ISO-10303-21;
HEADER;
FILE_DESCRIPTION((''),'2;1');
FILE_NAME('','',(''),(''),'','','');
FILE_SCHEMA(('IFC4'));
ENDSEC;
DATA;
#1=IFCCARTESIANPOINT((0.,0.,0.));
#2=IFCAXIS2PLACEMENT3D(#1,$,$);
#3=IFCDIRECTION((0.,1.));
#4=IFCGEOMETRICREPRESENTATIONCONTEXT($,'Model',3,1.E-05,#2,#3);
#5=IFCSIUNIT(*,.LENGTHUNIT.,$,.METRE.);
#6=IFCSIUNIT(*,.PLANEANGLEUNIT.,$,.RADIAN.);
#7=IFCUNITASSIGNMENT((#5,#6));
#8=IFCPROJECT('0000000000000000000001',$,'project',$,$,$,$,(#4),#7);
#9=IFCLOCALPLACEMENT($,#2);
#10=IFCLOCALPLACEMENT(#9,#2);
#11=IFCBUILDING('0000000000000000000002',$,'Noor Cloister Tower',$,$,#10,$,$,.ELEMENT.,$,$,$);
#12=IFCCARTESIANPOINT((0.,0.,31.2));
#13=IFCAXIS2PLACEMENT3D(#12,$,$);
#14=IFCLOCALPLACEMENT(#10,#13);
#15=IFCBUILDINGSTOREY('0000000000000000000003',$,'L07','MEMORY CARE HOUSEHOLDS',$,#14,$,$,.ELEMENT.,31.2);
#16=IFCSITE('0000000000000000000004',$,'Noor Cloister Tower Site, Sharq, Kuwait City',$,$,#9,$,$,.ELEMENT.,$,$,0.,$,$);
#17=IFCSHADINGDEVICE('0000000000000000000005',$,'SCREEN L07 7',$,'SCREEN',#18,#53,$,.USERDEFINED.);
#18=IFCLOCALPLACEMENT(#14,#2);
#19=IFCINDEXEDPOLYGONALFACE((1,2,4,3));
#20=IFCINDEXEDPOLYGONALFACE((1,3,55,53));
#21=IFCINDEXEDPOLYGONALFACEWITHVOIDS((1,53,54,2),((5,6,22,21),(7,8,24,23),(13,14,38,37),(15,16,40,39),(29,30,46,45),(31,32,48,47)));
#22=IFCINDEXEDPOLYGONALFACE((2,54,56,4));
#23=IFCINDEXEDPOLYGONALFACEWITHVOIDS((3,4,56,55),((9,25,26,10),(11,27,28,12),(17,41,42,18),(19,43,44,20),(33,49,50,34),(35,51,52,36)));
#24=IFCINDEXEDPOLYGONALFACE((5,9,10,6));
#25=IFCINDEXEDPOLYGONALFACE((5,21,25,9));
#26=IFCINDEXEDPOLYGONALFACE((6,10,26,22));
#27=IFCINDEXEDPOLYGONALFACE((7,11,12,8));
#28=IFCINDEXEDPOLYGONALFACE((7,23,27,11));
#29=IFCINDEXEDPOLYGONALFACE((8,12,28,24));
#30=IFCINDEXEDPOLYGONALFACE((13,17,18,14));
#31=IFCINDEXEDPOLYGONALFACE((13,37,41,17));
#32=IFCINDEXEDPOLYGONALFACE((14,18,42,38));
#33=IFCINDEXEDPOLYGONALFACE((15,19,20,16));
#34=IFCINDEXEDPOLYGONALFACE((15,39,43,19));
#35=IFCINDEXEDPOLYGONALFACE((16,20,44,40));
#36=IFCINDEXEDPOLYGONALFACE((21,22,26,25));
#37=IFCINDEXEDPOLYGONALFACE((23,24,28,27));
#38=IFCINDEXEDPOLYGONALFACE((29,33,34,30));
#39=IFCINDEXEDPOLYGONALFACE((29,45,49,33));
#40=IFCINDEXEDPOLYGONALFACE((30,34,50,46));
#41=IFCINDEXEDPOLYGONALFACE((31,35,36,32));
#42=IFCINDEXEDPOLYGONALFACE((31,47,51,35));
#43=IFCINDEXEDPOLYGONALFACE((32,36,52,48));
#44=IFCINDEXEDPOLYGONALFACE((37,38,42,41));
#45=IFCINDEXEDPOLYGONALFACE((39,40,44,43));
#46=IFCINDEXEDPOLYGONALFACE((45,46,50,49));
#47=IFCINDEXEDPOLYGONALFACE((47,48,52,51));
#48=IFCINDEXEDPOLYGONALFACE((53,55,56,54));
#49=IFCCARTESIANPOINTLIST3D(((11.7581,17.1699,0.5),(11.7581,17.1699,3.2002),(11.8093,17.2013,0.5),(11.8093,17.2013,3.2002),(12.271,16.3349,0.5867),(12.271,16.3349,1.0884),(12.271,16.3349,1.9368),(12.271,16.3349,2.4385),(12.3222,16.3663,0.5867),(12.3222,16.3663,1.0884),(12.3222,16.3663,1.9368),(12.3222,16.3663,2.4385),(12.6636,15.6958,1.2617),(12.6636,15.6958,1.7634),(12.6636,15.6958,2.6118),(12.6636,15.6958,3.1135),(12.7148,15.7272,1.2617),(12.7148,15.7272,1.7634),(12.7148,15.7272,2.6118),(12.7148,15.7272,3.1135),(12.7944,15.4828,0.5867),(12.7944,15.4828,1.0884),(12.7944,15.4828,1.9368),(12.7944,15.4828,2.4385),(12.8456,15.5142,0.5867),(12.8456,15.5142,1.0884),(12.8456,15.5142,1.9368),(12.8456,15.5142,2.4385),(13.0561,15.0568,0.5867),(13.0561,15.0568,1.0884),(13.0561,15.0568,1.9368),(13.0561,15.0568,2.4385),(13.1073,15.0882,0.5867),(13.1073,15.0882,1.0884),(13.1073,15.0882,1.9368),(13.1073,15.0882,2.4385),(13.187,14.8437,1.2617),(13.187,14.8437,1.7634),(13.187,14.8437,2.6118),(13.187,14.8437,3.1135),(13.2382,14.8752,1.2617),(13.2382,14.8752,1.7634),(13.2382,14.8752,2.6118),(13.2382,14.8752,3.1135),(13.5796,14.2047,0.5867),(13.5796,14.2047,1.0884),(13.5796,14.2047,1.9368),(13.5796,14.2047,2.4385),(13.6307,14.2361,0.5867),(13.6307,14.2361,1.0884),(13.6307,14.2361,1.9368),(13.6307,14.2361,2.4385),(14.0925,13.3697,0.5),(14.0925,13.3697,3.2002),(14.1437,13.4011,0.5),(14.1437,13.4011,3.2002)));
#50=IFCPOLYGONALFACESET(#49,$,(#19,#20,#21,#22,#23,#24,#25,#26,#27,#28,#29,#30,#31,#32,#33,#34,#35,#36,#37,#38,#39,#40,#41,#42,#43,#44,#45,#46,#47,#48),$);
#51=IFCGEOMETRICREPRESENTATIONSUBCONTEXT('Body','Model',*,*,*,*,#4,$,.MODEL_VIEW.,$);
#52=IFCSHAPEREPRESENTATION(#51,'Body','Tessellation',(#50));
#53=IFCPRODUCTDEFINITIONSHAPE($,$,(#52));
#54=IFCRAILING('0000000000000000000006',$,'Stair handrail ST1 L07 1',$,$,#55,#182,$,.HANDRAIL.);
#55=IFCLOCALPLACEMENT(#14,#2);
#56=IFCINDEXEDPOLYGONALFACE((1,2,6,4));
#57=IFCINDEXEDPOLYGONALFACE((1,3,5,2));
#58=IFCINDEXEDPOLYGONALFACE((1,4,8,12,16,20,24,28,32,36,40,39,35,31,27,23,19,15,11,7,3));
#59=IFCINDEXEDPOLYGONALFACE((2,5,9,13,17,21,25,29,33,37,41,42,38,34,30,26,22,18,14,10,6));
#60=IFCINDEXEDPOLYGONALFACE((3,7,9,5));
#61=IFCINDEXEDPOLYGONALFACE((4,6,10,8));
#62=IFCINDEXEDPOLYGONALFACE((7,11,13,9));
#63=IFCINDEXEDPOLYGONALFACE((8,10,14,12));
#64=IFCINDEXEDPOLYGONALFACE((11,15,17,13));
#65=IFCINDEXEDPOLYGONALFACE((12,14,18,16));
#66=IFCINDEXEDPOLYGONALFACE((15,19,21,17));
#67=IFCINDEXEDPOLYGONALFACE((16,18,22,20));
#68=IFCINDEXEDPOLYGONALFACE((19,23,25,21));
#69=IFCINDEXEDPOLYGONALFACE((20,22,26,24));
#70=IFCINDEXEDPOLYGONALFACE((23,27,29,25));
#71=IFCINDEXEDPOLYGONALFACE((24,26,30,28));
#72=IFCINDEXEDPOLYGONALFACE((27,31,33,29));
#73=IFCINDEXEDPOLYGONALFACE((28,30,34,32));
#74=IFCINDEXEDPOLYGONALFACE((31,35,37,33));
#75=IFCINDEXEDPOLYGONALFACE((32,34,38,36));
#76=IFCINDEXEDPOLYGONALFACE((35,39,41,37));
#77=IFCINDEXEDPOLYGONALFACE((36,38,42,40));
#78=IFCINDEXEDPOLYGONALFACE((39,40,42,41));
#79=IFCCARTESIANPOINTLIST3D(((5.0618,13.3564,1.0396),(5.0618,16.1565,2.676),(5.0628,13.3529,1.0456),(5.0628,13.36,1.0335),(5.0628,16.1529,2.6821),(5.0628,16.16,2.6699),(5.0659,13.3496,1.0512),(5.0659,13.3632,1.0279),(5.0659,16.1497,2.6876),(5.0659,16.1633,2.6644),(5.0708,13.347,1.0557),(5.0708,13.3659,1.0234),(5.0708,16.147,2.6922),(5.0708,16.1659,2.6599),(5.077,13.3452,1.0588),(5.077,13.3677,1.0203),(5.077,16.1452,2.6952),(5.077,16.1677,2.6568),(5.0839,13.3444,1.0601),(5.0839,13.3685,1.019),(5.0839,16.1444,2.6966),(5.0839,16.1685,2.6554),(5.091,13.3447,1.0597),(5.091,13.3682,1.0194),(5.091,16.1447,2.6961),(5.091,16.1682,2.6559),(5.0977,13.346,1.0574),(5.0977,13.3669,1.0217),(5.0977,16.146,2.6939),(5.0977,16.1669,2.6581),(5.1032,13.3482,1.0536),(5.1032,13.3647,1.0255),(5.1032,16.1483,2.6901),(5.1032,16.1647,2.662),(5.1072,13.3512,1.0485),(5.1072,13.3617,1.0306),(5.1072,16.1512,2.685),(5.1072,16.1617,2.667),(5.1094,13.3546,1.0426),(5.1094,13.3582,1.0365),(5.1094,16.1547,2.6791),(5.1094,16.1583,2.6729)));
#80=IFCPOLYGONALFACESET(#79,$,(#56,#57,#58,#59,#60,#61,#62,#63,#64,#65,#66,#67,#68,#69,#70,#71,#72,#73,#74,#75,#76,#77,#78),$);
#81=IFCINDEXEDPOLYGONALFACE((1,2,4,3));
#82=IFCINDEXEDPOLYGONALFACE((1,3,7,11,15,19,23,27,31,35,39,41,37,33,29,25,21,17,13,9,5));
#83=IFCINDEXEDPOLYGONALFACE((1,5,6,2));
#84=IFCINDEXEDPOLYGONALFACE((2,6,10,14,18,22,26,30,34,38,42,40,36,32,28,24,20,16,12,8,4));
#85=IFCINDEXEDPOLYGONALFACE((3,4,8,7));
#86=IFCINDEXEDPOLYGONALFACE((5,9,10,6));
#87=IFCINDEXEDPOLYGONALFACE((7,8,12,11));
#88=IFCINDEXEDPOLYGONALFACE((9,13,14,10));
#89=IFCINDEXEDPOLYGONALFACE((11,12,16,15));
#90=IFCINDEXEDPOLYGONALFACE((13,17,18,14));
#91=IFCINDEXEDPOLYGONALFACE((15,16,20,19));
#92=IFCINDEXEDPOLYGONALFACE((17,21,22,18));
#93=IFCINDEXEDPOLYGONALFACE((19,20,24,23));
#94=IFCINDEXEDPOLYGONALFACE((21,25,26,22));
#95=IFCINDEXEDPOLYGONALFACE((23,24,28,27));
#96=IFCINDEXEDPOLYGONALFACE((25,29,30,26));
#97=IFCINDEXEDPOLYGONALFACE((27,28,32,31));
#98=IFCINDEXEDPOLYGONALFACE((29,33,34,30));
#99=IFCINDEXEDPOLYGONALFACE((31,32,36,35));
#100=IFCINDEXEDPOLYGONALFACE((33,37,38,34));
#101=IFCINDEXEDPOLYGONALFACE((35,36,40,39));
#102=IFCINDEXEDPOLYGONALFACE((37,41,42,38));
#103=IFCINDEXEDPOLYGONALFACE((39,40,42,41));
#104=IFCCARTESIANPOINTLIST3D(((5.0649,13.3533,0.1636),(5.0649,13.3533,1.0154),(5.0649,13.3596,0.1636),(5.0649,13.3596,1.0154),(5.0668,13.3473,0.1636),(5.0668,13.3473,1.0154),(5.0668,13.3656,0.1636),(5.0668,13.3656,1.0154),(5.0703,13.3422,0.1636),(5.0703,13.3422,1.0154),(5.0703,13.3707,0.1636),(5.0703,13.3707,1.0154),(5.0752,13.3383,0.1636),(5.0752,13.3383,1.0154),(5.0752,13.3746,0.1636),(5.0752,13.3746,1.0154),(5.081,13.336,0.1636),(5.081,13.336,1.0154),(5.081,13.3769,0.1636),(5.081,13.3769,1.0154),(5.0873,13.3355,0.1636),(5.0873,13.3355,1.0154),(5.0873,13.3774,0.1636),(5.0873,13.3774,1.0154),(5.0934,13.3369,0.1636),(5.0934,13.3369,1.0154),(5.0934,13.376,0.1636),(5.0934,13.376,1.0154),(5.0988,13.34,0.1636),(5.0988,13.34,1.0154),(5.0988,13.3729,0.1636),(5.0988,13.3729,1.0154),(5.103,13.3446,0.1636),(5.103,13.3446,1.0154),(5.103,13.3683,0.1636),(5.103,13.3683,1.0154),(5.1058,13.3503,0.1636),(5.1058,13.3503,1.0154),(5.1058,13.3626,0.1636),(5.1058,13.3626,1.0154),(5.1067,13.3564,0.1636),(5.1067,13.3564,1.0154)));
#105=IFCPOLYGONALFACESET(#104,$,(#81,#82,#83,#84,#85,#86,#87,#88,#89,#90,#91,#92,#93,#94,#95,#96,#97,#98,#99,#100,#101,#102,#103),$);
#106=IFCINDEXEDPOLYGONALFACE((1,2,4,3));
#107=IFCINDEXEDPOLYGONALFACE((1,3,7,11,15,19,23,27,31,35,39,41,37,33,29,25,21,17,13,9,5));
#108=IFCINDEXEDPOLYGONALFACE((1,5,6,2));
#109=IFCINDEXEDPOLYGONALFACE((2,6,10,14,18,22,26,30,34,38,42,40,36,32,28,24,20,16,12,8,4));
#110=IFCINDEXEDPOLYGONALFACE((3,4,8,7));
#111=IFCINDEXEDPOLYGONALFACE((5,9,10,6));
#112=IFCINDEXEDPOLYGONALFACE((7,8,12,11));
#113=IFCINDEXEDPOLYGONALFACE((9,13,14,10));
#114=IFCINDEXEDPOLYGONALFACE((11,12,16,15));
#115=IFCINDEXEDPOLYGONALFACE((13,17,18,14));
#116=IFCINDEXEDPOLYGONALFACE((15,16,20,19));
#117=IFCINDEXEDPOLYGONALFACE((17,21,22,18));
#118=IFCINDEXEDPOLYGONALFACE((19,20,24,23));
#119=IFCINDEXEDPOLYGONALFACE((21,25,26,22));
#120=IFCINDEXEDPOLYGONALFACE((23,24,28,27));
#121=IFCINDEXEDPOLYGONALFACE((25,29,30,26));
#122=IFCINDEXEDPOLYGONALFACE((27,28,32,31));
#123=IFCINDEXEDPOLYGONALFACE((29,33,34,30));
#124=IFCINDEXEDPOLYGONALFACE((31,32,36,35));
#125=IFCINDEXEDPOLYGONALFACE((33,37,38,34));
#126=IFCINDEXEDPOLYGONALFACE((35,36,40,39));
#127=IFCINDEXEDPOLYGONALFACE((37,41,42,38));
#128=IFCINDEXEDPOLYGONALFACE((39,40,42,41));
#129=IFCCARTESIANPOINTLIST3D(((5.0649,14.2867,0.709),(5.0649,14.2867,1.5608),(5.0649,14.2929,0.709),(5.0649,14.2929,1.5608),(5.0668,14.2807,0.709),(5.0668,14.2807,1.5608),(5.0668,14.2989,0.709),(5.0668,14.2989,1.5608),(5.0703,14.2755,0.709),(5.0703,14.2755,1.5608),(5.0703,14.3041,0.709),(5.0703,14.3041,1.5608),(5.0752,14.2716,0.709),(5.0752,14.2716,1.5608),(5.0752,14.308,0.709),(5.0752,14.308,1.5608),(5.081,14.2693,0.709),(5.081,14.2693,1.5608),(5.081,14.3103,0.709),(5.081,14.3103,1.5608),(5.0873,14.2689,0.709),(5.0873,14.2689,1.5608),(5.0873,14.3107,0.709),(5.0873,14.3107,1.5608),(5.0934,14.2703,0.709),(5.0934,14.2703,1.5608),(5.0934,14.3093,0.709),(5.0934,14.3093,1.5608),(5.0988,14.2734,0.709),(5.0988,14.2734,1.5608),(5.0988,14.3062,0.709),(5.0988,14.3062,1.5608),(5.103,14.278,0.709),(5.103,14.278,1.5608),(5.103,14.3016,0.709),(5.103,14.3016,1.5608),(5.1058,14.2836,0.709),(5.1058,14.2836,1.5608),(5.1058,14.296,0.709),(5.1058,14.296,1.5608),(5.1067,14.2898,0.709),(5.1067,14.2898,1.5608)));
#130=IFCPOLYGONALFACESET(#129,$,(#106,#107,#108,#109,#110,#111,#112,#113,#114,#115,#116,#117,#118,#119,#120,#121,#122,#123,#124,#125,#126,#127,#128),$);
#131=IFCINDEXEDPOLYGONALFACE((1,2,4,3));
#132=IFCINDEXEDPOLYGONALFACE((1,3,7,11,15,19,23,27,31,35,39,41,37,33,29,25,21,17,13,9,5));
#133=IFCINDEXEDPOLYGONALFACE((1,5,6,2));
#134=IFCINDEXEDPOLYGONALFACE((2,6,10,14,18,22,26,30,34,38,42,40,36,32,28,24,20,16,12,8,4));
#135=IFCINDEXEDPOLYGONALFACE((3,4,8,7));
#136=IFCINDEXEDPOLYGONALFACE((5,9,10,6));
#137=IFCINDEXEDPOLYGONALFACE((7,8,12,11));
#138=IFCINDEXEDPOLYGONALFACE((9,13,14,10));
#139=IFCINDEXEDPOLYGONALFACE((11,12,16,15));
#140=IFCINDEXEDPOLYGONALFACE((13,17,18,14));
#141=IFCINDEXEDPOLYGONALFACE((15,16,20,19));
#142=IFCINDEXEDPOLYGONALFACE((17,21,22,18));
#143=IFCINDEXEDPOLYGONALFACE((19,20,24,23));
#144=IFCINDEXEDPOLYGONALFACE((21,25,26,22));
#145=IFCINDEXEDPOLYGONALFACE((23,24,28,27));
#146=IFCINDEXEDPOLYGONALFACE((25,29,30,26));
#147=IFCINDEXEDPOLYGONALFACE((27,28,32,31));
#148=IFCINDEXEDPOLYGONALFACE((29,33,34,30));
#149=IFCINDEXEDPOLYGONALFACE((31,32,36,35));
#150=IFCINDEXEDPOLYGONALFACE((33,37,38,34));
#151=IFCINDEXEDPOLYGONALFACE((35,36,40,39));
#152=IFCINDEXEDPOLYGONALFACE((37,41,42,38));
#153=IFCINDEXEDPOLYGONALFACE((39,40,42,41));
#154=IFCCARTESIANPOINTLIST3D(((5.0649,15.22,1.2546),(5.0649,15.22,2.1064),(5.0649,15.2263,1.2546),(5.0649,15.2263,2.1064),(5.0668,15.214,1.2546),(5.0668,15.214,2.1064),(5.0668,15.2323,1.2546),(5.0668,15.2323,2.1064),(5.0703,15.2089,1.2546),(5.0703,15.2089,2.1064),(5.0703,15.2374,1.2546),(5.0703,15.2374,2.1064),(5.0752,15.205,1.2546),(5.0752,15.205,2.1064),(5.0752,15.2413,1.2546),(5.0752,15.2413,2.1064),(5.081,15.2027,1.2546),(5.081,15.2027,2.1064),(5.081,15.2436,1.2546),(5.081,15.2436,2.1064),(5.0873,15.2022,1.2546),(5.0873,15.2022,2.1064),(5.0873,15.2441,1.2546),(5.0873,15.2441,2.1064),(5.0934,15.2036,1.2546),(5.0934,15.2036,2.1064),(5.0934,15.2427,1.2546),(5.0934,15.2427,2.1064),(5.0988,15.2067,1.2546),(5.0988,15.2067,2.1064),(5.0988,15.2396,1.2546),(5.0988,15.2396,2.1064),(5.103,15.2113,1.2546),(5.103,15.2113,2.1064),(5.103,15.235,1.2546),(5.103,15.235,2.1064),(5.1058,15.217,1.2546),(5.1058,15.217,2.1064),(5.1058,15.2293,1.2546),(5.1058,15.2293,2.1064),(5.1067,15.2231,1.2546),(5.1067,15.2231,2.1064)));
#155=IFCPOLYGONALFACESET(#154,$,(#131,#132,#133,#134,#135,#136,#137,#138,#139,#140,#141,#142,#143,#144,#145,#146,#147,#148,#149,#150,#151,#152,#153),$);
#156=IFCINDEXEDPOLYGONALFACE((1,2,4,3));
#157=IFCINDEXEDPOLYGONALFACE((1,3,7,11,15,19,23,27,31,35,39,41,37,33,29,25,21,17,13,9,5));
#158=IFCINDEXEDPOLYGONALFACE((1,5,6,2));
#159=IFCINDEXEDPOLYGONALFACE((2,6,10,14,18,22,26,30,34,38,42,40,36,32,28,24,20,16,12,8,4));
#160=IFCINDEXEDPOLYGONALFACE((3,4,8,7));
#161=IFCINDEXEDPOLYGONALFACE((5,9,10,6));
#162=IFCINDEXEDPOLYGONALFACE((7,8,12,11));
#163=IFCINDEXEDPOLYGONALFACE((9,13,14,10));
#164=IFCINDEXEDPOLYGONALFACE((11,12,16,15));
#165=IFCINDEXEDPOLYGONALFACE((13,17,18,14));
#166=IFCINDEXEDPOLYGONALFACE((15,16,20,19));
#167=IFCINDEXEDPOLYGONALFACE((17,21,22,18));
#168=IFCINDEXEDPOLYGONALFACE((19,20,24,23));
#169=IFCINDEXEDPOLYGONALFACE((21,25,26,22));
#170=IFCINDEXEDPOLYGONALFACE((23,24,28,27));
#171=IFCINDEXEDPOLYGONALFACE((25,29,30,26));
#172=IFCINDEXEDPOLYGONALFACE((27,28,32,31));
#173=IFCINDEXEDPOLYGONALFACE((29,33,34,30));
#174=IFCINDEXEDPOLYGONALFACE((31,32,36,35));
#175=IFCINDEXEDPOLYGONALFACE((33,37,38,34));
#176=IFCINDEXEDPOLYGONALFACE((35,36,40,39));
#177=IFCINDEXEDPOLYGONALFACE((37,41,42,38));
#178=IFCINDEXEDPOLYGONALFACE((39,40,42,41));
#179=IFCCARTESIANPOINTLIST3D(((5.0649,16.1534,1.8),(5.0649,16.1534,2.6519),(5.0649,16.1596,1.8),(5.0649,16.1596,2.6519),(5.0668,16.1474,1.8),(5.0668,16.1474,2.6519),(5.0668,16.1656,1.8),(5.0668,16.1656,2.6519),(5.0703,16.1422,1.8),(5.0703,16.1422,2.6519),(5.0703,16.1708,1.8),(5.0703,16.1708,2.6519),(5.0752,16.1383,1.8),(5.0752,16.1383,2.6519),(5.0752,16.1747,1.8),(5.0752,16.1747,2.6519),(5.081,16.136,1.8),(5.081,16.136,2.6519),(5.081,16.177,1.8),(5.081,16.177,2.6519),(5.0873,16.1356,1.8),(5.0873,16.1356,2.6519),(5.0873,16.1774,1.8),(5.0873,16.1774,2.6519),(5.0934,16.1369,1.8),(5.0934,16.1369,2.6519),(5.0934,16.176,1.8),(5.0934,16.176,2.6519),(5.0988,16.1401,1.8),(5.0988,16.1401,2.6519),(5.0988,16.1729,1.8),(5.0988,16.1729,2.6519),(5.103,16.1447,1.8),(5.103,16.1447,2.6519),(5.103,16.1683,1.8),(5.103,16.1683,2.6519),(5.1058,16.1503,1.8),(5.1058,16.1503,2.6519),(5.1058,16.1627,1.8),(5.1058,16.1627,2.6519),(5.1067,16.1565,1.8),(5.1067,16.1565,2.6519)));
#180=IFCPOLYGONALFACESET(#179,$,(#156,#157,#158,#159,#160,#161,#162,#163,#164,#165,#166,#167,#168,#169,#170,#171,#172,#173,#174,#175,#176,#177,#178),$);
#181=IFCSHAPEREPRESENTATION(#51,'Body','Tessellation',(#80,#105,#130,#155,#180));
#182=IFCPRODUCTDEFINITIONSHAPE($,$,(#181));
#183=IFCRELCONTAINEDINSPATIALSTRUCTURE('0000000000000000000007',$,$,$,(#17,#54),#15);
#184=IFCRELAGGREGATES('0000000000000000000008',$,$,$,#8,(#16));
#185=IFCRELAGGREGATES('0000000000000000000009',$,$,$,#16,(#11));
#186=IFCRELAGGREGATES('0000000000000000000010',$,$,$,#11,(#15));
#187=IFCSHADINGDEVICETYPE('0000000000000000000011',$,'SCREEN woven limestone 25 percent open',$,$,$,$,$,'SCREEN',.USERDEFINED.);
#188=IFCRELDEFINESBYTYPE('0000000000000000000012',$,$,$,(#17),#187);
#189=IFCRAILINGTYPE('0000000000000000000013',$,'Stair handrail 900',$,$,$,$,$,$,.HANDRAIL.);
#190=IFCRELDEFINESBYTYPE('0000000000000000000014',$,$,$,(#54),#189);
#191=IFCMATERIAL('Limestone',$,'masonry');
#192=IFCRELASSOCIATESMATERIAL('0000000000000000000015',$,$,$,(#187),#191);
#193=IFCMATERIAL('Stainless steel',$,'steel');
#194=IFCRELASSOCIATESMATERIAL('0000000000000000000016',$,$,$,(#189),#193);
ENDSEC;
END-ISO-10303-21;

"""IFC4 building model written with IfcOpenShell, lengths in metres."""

from ifc_helpers import new_model, si_unit, direction, frame, origin, origin_2d, place, context, subcontext, project, spatial, polyline, circle, outline, extrude, material, material_profile, profile_set, type_object, element, save


model = new_model("IFC4")

# Units and contexts
model_context = context("Model", 3, precision=1e-05, world=origin(), true_north=direction((0.0, 1.0)))
body_context = subcontext(model_context, "Body", "Model", "MODEL_VIEW")
ifc_project = project(units=[si_unit("LENGTHUNIT", "METRE"), si_unit("PLANEANGLEUNIT", "RADIAN")], contexts=[model_context])

# Site, building, storey
site_placement = place(None, origin())
site = spatial("IfcSite", under=ifc_project, at=site_placement, Name="Noor Cloister Tower Site, Sharq, Kuwait City", CompositionType="ELEMENT", RefElevation=0.0)
building_placement = place(site_placement, origin())
building = spatial("IfcBuilding", under=site, at=building_placement, Name="Noor Cloister Tower", CompositionType="ELEMENT")
storey_placement = place(building_placement, frame((0.0, 0.0, 31.2)))
storey = spatial("IfcBuildingStorey", under=building, at=storey_placement, Name="L07", Description="MEMORY CARE HOUSEHOLDS", CompositionType="ELEMENT", Elevation=31.2)

# Shading device
ifc_material_1 = material(Name="Limestone", Category="masonry")
ifc_material_profile_1 = material_profile(ifc_material_1, outline(polyline([(-2.23, -1.3501), (2.23, -1.3501), (2.23, 1.3501), (-2.23, 1.3501), (-2.23, -1.3501)]), holes=[polyline([(-1.25, -1.2634), (-0.25, -1.2634), (-0.25, -0.7617), (-1.25, -0.7617), (-1.25, -1.2634)]), polyline([(0.25, -1.2634), (1.25, -1.2634), (1.25, -0.7617), (0.25, -0.7617), (0.25, -1.2634)]), polyline([(-0.5, -0.5884), (0.5, -0.5884), (0.5, -0.0867), (-0.5, -0.0867), (-0.5, -0.5884)]), polyline([(-1.25, 0.0867), (-0.25, 0.0867), (-0.25, 0.5884), (-1.25, 0.5884), (-1.25, 0.0867)]), polyline([(0.25, 0.0867), (1.25, 0.0867), (1.25, 0.5884), (0.25, 0.5884), (0.25, 0.0867)]), polyline([(-0.5, 0.7617), (0.5, 0.7617), (0.5, 1.2634), (-0.5, 1.2634), (-0.5, 0.7617)])]), Name="Woven screen 25 percent open")
ifc_profile_set_1 = profile_set([ifc_material_profile_1], Name="Limestone")
shading_device_type = type_object("IfcShadingDeviceType", Name="SCREEN woven limestone 25 percent open", ElementType="SCREEN", PredefinedType="USERDEFINED", material=ifc_profile_set_1)
for number, where, z_axis, x_axis, name in (
    (1, (12.9253, 15.2698, 1.8501), (0.852076, 0.523418, 0.0), (-0.523418, 0.852076, 0.0), "SCREEN L07 7"),
):
    element("IfcShadingDevice", number, at=place(storey_placement, frame(where, z_axis=z_axis, x_axis=x_axis)), inside=storey, type_object=shading_device_type, Name=name, ObjectType="SCREEN", PredefinedType="USERDEFINED", context=body_context, shape_type="SweptSolid", body=[
        extrude(outline(polyline([(-2.23, -1.3501), (2.23, -1.3501), (2.23, 1.3501), (-2.23, 1.3501), (-2.23, -1.3501)]), holes=[polyline([(-1.25, -1.2634), (-0.25, -1.2634), (-0.25, -0.7617), (-1.25, -0.7617), (-1.25, -1.2634)]), polyline([(0.25, -1.2634), (1.25, -1.2634), (1.25, -0.7617), (0.25, -0.7617), (0.25, -1.2634)]), polyline([(-0.5, -0.5884), (0.5, -0.5884), (0.5, -0.0867), (-0.5, -0.0867), (-0.5, -0.5884)]), polyline([(-1.25, 0.0867), (-0.25, 0.0867), (-0.25, 0.5884), (-1.25, 0.5884), (-1.25, 0.0867)]), polyline([(0.25, 0.0867), (1.25, 0.0867), (1.25, 0.5884), (0.25, 0.5884), (0.25, 0.0867)]), polyline([(-0.5, 0.7617), (0.5, 0.7617), (0.5, 1.2634), (-0.5, 1.2634), (-0.5, 0.7617)])]), origin(), (0.0, 0.0, 1.0), 0.0601),
    ])

# Railing
ifc_material_2 = material(Name="Stainless steel", Category="steel")
railing_type_1 = type_object("IfcRailingType", Name="Stair handrail 900", PredefinedType="HANDRAIL", material=ifc_material_2)
railing_1_placement = place(storey_placement, frame((5.0857, 13.3564, 0.1636)))
element("IfcRailing", 2, at=railing_1_placement, inside=storey, type_object=railing_type_1, Name="Stair handrail ST1 L07 1", PredefinedType="HANDRAIL", context=body_context, shape_type="SweptSolid", body=[
    extrude(circle(Radius=0.0239, at=origin_2d()), frame((0.0, 0.0, 0.876), z_axis=(0.0, 0.863361, 0.504587), x_axis=(-1.0, 0.0, 0.0)), (0.0, 0.0, 1.0), 3.2432),
    extrude(circle(Radius=0.021, at=origin_2d()), origin(), (0.0, 0.0, 1.0), 0.8518),
    extrude(circle(Radius=0.021, at=origin_2d()), frame((0.0, 0.9333, 0.5454)), (0.0, 0.0, 1.0), 0.8518),
    extrude(circle(Radius=0.021, at=origin_2d()), frame((0.0, 1.8667, 1.0911)), (0.0, 0.0, 1.0), 0.8518),
    extrude(circle(Radius=0.021, at=origin_2d()), frame((0.0, 2.8, 1.6365)), (0.0, 0.0, 1.0), 0.8518),
])

save(model, "model.ifc")
